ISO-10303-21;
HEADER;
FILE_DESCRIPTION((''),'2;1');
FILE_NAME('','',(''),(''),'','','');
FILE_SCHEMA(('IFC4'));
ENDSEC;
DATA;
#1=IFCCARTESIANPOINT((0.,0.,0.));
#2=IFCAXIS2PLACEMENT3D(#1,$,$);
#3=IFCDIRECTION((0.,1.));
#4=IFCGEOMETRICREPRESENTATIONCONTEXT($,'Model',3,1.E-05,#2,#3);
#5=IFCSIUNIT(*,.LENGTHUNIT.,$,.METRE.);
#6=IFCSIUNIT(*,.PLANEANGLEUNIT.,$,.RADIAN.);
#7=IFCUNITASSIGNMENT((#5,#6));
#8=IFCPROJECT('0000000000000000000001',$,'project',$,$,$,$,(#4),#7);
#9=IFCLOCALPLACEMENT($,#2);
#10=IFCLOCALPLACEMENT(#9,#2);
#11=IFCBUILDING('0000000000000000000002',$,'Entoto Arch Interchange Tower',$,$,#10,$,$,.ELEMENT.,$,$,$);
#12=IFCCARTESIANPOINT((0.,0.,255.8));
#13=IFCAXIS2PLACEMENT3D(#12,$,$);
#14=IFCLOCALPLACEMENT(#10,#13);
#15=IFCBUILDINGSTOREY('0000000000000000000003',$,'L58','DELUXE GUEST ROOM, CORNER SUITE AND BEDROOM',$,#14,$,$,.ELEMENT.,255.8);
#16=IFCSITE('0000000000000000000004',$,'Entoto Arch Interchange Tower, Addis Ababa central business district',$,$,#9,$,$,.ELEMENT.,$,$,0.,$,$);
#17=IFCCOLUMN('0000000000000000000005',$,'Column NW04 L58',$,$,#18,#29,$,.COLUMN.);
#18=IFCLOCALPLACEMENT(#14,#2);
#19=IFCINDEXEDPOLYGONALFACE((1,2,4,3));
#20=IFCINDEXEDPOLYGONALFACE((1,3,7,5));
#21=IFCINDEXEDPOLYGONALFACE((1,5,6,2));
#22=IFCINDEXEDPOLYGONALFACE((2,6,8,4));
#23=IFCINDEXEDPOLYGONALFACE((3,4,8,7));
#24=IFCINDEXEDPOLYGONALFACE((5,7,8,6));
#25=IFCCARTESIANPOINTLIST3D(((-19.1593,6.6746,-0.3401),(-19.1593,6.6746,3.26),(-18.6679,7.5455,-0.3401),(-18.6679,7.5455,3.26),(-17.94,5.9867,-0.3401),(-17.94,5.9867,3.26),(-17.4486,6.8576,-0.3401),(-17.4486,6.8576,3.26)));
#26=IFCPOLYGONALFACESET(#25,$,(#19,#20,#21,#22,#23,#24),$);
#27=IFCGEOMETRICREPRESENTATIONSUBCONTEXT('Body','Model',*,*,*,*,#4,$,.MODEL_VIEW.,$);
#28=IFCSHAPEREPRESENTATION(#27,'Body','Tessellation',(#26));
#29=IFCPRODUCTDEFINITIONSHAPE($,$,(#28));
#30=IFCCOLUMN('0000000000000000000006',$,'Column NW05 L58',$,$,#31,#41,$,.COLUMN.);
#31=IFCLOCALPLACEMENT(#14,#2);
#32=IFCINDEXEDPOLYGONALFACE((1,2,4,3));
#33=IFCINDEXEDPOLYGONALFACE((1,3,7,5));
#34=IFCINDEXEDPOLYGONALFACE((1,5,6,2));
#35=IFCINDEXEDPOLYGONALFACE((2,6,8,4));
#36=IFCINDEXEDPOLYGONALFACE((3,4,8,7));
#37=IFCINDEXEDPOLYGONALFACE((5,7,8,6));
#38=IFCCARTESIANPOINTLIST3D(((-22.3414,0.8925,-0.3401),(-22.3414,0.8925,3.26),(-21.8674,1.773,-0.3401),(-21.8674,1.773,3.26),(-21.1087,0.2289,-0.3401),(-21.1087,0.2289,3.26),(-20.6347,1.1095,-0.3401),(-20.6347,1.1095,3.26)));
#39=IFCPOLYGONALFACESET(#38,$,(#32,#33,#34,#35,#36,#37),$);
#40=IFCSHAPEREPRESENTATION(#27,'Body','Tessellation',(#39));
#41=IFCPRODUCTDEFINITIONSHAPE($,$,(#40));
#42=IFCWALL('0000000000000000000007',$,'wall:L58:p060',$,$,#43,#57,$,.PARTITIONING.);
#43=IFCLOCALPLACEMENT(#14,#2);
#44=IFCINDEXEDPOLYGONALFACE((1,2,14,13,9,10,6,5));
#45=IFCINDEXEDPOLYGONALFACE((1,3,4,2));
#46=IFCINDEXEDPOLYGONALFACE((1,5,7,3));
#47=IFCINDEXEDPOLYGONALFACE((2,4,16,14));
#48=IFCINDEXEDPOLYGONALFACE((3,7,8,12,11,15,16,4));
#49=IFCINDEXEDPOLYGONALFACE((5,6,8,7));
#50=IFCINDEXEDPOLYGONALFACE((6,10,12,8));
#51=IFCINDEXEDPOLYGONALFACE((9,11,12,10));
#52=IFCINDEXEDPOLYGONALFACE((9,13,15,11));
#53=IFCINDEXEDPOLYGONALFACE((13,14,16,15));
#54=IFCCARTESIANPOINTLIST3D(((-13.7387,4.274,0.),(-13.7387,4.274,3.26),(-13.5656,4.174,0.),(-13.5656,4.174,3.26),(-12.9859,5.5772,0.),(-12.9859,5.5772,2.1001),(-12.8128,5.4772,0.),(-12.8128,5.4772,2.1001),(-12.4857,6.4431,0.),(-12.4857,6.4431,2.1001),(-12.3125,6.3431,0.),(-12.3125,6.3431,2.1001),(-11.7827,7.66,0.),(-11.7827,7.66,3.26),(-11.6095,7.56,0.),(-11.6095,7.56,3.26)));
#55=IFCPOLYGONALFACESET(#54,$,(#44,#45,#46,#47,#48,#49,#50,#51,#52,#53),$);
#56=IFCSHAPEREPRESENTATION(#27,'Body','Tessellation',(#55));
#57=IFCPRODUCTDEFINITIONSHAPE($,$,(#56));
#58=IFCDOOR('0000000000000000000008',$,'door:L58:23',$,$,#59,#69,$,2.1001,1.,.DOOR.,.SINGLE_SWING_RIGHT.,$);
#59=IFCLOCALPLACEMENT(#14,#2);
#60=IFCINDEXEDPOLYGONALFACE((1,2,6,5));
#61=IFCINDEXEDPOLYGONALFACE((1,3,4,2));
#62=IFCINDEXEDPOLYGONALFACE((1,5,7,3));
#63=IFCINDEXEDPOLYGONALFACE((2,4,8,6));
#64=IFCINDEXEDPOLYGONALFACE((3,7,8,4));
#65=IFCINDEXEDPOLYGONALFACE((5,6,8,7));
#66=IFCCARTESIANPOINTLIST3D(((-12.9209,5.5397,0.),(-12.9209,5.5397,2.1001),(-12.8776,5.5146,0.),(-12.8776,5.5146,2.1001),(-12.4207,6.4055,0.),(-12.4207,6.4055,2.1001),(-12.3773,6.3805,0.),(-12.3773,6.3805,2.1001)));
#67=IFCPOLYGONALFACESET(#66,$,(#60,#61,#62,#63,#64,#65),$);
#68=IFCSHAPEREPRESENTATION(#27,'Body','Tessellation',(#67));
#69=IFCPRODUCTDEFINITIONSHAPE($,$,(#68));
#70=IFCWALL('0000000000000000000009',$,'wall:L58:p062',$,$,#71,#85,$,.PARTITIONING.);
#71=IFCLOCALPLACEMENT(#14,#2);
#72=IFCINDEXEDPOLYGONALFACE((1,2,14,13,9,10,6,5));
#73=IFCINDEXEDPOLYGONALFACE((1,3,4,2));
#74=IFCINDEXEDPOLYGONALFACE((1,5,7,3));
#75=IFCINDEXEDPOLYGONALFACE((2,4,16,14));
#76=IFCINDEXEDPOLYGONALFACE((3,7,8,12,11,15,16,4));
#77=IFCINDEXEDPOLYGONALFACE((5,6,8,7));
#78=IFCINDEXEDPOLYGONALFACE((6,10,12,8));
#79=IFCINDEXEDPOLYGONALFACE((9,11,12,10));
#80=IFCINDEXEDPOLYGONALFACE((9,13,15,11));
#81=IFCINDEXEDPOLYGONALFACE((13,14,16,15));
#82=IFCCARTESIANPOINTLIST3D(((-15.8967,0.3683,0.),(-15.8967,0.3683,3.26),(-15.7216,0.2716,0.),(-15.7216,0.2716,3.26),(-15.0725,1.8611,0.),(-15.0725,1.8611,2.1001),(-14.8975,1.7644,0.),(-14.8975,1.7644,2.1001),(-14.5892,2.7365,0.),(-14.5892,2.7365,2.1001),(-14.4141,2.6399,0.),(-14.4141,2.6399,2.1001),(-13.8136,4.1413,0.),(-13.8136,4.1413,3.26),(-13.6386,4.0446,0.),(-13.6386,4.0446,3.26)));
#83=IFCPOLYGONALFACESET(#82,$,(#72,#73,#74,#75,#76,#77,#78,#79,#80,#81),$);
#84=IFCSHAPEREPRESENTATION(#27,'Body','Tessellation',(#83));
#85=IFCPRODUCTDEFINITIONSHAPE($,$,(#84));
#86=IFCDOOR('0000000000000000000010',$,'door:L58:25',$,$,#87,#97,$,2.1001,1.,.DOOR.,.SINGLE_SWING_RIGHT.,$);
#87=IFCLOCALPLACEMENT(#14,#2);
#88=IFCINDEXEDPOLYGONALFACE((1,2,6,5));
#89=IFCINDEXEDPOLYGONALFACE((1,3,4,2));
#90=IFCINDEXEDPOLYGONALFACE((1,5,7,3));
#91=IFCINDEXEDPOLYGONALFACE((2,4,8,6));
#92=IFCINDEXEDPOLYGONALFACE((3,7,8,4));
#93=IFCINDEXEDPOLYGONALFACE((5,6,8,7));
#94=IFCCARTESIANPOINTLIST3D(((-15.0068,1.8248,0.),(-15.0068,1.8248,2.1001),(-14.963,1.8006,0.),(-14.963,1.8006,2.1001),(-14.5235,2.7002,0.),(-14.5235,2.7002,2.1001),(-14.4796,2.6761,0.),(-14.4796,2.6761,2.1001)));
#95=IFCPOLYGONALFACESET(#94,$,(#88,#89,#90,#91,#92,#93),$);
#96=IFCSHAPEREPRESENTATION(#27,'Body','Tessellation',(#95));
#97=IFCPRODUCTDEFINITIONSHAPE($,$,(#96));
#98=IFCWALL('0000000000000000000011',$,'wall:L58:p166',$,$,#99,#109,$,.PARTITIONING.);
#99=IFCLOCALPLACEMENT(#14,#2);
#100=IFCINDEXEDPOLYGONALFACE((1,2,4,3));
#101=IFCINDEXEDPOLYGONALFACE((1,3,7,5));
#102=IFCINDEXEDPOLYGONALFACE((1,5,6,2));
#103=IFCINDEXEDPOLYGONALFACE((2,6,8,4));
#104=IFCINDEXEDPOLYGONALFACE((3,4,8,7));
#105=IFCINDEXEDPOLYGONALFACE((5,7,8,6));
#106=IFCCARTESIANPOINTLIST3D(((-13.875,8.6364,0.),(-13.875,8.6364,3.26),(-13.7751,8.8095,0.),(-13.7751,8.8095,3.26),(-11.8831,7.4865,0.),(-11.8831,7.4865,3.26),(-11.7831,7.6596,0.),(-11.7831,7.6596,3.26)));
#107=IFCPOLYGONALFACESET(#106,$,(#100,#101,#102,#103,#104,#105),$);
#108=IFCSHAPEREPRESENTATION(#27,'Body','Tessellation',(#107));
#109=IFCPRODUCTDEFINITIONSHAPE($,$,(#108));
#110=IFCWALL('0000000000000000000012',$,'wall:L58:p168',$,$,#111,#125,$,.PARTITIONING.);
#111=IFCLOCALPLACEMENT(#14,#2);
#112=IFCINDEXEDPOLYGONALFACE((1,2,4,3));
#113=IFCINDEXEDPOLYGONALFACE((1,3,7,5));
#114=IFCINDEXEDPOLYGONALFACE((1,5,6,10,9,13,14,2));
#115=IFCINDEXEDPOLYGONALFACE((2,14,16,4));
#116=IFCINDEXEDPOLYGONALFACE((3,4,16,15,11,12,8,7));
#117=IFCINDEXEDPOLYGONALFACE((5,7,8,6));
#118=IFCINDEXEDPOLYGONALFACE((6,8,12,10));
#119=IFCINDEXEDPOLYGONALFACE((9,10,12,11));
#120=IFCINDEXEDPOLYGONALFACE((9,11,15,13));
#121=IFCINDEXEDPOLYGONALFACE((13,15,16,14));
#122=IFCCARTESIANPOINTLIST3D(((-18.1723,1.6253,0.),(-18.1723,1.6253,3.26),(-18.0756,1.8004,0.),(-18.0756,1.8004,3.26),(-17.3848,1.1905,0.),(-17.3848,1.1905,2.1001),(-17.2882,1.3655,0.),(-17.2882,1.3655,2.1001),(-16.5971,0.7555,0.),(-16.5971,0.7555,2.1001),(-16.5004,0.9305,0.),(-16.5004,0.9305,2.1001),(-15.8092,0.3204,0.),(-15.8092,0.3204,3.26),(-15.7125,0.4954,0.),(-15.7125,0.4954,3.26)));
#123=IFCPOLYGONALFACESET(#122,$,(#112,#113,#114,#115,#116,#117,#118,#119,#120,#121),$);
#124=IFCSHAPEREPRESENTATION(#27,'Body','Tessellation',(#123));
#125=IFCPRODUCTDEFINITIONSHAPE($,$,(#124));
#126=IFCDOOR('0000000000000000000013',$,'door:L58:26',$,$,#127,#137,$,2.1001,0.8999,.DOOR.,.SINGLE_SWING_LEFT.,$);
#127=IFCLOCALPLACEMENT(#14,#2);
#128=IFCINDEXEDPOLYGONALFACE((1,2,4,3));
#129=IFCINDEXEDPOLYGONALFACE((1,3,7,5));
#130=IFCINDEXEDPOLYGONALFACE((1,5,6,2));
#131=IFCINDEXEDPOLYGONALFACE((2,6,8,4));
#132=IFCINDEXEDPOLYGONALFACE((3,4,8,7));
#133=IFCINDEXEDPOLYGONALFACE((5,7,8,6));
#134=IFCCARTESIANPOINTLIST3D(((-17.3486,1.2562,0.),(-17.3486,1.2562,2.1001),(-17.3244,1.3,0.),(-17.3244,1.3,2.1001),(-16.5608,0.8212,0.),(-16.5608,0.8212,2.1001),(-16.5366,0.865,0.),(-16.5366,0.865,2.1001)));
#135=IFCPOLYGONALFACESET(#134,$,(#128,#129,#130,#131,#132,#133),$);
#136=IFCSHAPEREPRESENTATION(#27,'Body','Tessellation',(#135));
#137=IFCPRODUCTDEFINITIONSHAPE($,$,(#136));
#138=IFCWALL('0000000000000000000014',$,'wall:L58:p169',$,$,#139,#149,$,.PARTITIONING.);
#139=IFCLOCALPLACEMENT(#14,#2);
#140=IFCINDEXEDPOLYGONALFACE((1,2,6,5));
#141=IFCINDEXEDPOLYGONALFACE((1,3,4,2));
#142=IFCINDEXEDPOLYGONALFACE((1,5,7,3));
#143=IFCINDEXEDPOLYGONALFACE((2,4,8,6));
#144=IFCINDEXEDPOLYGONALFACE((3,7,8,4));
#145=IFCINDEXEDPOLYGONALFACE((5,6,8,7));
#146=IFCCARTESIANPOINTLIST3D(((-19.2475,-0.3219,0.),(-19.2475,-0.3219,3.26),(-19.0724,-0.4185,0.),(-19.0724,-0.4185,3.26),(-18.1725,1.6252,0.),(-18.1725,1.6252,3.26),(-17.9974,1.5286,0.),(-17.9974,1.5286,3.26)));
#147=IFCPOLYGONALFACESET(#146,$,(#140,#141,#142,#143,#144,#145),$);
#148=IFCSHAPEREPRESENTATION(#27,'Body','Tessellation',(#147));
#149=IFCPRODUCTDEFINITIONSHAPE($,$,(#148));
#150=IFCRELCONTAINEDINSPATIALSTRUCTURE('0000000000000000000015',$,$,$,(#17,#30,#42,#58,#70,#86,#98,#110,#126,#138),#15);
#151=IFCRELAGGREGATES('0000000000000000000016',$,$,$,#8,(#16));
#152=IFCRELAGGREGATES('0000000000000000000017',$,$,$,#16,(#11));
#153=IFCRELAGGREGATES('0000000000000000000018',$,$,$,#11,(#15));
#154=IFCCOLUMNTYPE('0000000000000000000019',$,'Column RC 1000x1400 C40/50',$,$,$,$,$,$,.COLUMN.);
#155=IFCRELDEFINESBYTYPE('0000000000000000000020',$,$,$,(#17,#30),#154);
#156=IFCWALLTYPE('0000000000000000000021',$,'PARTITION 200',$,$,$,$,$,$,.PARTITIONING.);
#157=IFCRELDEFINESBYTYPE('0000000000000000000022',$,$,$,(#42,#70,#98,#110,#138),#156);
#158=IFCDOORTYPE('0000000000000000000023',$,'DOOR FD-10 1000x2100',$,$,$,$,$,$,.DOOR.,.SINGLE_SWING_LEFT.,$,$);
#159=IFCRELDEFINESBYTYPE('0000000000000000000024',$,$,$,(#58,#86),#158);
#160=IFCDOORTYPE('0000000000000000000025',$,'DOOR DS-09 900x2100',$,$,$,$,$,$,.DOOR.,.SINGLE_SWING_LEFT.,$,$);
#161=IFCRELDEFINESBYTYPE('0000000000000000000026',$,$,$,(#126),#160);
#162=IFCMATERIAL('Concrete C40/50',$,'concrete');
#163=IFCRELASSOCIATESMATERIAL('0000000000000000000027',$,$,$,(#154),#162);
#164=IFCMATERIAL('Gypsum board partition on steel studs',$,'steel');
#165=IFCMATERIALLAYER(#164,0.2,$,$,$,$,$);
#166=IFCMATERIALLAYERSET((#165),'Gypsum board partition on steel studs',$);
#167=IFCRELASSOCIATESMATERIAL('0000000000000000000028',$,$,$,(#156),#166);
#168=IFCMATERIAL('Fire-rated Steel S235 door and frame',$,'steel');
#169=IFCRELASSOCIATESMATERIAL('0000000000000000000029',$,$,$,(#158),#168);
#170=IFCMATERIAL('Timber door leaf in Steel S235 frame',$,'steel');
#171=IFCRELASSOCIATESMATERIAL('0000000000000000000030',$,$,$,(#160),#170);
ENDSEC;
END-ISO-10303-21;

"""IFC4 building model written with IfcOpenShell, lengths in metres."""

from ifc_helpers import new_model, si_unit, direction, frame, frame_2d, origin, origin_2d, place, context, subcontext, project, spatial, rectangle, extrude, material, layer, layer_set, material_profile, profile_set, type_object, element, fill, save


model = new_model("IFC4")

# Units and contexts
model_context = context("Model", 3, precision=1e-05, world=origin(), true_north=direction((0.0, 1.0)))
body_context = subcontext(model_context, "Body", "Model", "MODEL_VIEW")
ifc_project = project(units=[si_unit("LENGTHUNIT", "METRE"), si_unit("PLANEANGLEUNIT", "RADIAN")], contexts=[model_context])

# Site, building, storey
site_placement = place(None, origin())
site = spatial("IfcSite", under=ifc_project, at=site_placement, Name="Entoto Arch Interchange Tower, Addis Ababa central business district", CompositionType="ELEMENT", RefElevation=0.0)
building_placement = place(site_placement, origin())
building = spatial("IfcBuilding", under=site, at=building_placement, Name="Entoto Arch Interchange Tower", CompositionType="ELEMENT")
storey_placement = place(building_placement, frame((0.0, 0.0, 255.8)))
storey = spatial("IfcBuildingStorey", under=building, at=storey_placement, Name="L58", Description="DELUXE GUEST ROOM, CORNER SUITE AND BEDROOM", CompositionType="ELEMENT", Elevation=255.8)

# Columns
ifc_material_1 = material(Name="Concrete C40/50", Category="concrete")
ifc_material_profile = material_profile(ifc_material_1, rectangle(XDim=1.0, YDim=1.3999, at=origin_2d()))
ifc_profile_set = profile_set([ifc_material_profile], Name="Concrete C40/50")
column_type = type_object("IfcColumnType", Name="Column RC 1000x1400 C40/50", PredefinedType="COLUMN", material=ifc_profile_set)
for number, where, z_axis, x_axis, name in (
    (1, (-18.304, 6.7661, -0.3401), (0.0, 0.0, 1.0), (0.491375, 0.870948, 0.0), "Column NW04 L58"),
    (2, (-21.488, 1.001, -0.3401), (0.0, 0.0, 1.0), (0.473981, 0.880535, 0.0), "Column NW05 L58"),
):
    element("IfcColumn", number, at=place(storey_placement, frame(where, z_axis=z_axis, x_axis=x_axis)), inside=storey, type_object=column_type, Name=name, PredefinedType="COLUMN", context=body_context, shape_type="SweptSolid", body=[
        extrude(rectangle(XDim=1.0, YDim=1.3999, at=origin_2d()), origin(), (0.0, 0.0, 1.0), 3.6001),
    ])

# Walls, openings, doors
ifc_material_2 = material(Name="Gypsum board partition on steel studs", Category="steel")
ifc_layer_1 = layer(ifc_material_2, 0.2)
ifc_layer_set_1 = layer_set([ifc_layer_1], Name="Gypsum board partition on steel studs")
wall_type_1 = type_object("IfcWallType", Name="PARTITION 200", PredefinedType="PARTITIONING", material=ifc_layer_set_1)
wall_1_placement = place(storey_placement, frame((-13.6521, 4.2241, 0.0), z_axis=(0.0, 0.0, 1.0), x_axis=(0.500221, 0.865898, 0.0)))
wall_1 = element("IfcWall", 3, at=wall_1_placement, inside=storey, type_object=wall_type_1, Name="wall:L58:p060", PredefinedType="PARTITIONING", context=body_context, shape_type="SweptSolid", body=[
    extrude(rectangle(XDim=3.9104, YDim=0.2, at=frame_2d((1.9551, 0.0))), origin(), (0.0, 0.0, 1.0), 3.26),
])
opening_1_placement = place(wall_1_placement, frame((1.5049, 0.0, 0.0)))
opening_1 = element("IfcOpeningElement", 4, at=opening_1_placement, cuts=wall_1, PredefinedType="OPENING", context=body_context, shape_type="SweptSolid", body=[
    extrude(rectangle(XDim=1.0, YDim=2.1001, at=frame_2d((0.5, 1.05))), frame((0.0, 0.1099, 0.0), z_axis=(0.0, -1.0, 0.0), x_axis=(1.0, 0.0, 0.0)), (0.0, 0.0, 1.0), 0.22),
])
ifc_material_3 = material(Name="Fire-rated Steel S235 door and frame", Category="steel")
door_type_1 = type_object("IfcDoorType", Name="DOOR FD-10 1000x2100", OperationType="SINGLE_SWING_LEFT", PredefinedType="DOOR", material=ifc_material_3)
door_1_placement = place(opening_1_placement, origin())
door_1 = element("IfcDoor", 5, at=door_1_placement, inside=storey, type_object=door_type_1, Name="door:L58:23", OperationType="SINGLE_SWING_RIGHT", OverallHeight=2.1001, OverallWidth=1.0, PredefinedType="DOOR", context=body_context, shape_type="SweptSolid", body=[
    extrude(rectangle(XDim=1.0, YDim=2.1001, at=frame_2d((0.5, 1.05))), frame((0.0, 0.0249, 0.0), z_axis=(0.0, -1.0, 0.0), x_axis=(1.0, 0.0, 0.0)), (0.0, 0.0, 1.0), 0.05),
])
fill(opening_1, door_1)
wall_2_placement = place(storey_placement, frame((-15.8091, 0.3201, 0.0), z_axis=(0.0, 0.0, 1.0), x_axis=(0.483323, 0.875442, 0.0)))
wall_2 = element("IfcWall", 6, at=wall_2_placement, inside=storey, type_object=wall_type_1, Name="wall:L58:p062", PredefinedType="PARTITIONING", context=body_context, shape_type="SweptSolid", body=[
    extrude(rectangle(XDim=4.3098, YDim=0.2, at=frame_2d((2.1548, 0.0))), origin(), (0.0, 0.0, 1.0), 3.26),
])
opening_2_placement = place(wall_2_placement, frame((1.7051, 0.0, 0.0)))
opening_2 = element("IfcOpeningElement", 7, at=opening_2_placement, cuts=wall_2, PredefinedType="OPENING", context=body_context, shape_type="SweptSolid", body=[
    extrude(rectangle(XDim=1.0, YDim=2.1001, at=frame_2d((0.5, 1.05))), frame((0.0, 0.1099, 0.0), z_axis=(0.0, -1.0, 0.0), x_axis=(1.0, 0.0, 0.0)), (0.0, 0.0, 1.0), 0.22),
])
door_2_placement = place(opening_2_placement, origin())
door_2 = element("IfcDoor", 8, at=door_2_placement, inside=storey, type_object=door_type_1, Name="door:L58:25", OperationType="SINGLE_SWING_RIGHT", OverallHeight=2.1001, OverallWidth=1.0, PredefinedType="DOOR", context=body_context, shape_type="SweptSolid", body=[
    extrude(rectangle(XDim=1.0, YDim=2.1001, at=frame_2d((0.5, 1.05))), frame((0.0, 0.0249, 0.0), z_axis=(0.0, -1.0, 0.0), x_axis=(1.0, 0.0, 0.0)), (0.0, 0.0, 1.0), 0.05),
])
fill(opening_2, door_2)

# Wall
wall_3_placement = place(storey_placement, frame((-13.825, 8.7229, 0.0), z_axis=(0.0, 0.0, 1.0), x_axis=(0.866053, -0.499952, 0.0)))
element("IfcWall", 9, at=wall_3_placement, inside=storey, type_object=wall_type_1, Name="wall:L58:p166", PredefinedType="PARTITIONING", context=body_context, shape_type="SweptSolid", body=[
    extrude(rectangle(XDim=2.3, YDim=0.2, at=frame_2d((1.1499, 0.0))), origin(), (0.0, 0.0, 1.0), 3.26),
])

# Wall, opening, door
wall_4_placement = place(storey_placement, frame((-15.761, 0.408, 0.0), z_axis=(0.0, 0.0, 1.0), x_axis=(-0.875392, 0.483414, 0.0)))
wall_4 = element("IfcWall", 10, at=wall_4_placement, inside=storey, type_object=wall_type_1, Name="wall:L58:p168", PredefinedType="PARTITIONING", context=body_context, shape_type="SweptSolid", body=[
    extrude(rectangle(XDim=2.6995, YDim=0.2, at=frame_2d((1.3496, 0.0))), origin(), (0.0, 0.0, 1.0), 3.26),
])
opening_3_placement = place(wall_4_placement, frame((0.8999, 0.0, 0.0)))
opening_3 = element("IfcOpeningElement", 11, at=opening_3_placement, cuts=wall_4, PredefinedType="OPENING", context=body_context, shape_type="SweptSolid", body=[
    extrude(rectangle(XDim=0.8999, YDim=2.1001, at=frame_2d((0.45, 1.05))), frame((0.0, 0.1099, 0.0), z_axis=(0.0, -1.0, 0.0), x_axis=(1.0, 0.0, 0.0)), (0.0, 0.0, 1.0), 0.22),
])
ifc_material_4 = material(Name="Timber door leaf in Steel S235 frame", Category="steel")
door_type_2 = type_object("IfcDoorType", Name="DOOR DS-09 900x2100", OperationType="SINGLE_SWING_LEFT", PredefinedType="DOOR", material=ifc_material_4)
door_3_placement = place(opening_3_placement, origin())
door_3 = element("IfcDoor", 12, at=door_3_placement, inside=storey, type_object=door_type_2, Name="door:L58:26", OperationType="SINGLE_SWING_LEFT", OverallHeight=2.1001, OverallWidth=0.8999, PredefinedType="DOOR", context=body_context, shape_type="SweptSolid", body=[
    extrude(rectangle(XDim=0.8999, YDim=2.1001, at=frame_2d((0.45, 1.05))), frame((0.0, 0.0249, 0.0), z_axis=(0.0, -1.0, 0.0), x_axis=(1.0, 0.0, 0.0)), (0.0, 0.0, 1.0), 0.05),
])
fill(opening_3, door_3)

# Wall
wall_5_placement = place(storey_placement, frame((-18.085, 1.5769, 0.0), z_axis=(0.0, 0.0, 1.0), x_axis=(-0.48333, -0.875438, 0.0)))
element("IfcWall", 13, at=wall_5_placement, inside=storey, type_object=wall_type_1, Name="wall:L58:p169", PredefinedType="PARTITIONING", context=body_context, shape_type="SweptSolid", body=[
    extrude(rectangle(XDim=2.2241, YDim=0.2, at=frame_2d((1.1121, 0.0))), origin(), (0.0, 0.0, 1.0), 3.26),
])

save(model, "model.ifc")
